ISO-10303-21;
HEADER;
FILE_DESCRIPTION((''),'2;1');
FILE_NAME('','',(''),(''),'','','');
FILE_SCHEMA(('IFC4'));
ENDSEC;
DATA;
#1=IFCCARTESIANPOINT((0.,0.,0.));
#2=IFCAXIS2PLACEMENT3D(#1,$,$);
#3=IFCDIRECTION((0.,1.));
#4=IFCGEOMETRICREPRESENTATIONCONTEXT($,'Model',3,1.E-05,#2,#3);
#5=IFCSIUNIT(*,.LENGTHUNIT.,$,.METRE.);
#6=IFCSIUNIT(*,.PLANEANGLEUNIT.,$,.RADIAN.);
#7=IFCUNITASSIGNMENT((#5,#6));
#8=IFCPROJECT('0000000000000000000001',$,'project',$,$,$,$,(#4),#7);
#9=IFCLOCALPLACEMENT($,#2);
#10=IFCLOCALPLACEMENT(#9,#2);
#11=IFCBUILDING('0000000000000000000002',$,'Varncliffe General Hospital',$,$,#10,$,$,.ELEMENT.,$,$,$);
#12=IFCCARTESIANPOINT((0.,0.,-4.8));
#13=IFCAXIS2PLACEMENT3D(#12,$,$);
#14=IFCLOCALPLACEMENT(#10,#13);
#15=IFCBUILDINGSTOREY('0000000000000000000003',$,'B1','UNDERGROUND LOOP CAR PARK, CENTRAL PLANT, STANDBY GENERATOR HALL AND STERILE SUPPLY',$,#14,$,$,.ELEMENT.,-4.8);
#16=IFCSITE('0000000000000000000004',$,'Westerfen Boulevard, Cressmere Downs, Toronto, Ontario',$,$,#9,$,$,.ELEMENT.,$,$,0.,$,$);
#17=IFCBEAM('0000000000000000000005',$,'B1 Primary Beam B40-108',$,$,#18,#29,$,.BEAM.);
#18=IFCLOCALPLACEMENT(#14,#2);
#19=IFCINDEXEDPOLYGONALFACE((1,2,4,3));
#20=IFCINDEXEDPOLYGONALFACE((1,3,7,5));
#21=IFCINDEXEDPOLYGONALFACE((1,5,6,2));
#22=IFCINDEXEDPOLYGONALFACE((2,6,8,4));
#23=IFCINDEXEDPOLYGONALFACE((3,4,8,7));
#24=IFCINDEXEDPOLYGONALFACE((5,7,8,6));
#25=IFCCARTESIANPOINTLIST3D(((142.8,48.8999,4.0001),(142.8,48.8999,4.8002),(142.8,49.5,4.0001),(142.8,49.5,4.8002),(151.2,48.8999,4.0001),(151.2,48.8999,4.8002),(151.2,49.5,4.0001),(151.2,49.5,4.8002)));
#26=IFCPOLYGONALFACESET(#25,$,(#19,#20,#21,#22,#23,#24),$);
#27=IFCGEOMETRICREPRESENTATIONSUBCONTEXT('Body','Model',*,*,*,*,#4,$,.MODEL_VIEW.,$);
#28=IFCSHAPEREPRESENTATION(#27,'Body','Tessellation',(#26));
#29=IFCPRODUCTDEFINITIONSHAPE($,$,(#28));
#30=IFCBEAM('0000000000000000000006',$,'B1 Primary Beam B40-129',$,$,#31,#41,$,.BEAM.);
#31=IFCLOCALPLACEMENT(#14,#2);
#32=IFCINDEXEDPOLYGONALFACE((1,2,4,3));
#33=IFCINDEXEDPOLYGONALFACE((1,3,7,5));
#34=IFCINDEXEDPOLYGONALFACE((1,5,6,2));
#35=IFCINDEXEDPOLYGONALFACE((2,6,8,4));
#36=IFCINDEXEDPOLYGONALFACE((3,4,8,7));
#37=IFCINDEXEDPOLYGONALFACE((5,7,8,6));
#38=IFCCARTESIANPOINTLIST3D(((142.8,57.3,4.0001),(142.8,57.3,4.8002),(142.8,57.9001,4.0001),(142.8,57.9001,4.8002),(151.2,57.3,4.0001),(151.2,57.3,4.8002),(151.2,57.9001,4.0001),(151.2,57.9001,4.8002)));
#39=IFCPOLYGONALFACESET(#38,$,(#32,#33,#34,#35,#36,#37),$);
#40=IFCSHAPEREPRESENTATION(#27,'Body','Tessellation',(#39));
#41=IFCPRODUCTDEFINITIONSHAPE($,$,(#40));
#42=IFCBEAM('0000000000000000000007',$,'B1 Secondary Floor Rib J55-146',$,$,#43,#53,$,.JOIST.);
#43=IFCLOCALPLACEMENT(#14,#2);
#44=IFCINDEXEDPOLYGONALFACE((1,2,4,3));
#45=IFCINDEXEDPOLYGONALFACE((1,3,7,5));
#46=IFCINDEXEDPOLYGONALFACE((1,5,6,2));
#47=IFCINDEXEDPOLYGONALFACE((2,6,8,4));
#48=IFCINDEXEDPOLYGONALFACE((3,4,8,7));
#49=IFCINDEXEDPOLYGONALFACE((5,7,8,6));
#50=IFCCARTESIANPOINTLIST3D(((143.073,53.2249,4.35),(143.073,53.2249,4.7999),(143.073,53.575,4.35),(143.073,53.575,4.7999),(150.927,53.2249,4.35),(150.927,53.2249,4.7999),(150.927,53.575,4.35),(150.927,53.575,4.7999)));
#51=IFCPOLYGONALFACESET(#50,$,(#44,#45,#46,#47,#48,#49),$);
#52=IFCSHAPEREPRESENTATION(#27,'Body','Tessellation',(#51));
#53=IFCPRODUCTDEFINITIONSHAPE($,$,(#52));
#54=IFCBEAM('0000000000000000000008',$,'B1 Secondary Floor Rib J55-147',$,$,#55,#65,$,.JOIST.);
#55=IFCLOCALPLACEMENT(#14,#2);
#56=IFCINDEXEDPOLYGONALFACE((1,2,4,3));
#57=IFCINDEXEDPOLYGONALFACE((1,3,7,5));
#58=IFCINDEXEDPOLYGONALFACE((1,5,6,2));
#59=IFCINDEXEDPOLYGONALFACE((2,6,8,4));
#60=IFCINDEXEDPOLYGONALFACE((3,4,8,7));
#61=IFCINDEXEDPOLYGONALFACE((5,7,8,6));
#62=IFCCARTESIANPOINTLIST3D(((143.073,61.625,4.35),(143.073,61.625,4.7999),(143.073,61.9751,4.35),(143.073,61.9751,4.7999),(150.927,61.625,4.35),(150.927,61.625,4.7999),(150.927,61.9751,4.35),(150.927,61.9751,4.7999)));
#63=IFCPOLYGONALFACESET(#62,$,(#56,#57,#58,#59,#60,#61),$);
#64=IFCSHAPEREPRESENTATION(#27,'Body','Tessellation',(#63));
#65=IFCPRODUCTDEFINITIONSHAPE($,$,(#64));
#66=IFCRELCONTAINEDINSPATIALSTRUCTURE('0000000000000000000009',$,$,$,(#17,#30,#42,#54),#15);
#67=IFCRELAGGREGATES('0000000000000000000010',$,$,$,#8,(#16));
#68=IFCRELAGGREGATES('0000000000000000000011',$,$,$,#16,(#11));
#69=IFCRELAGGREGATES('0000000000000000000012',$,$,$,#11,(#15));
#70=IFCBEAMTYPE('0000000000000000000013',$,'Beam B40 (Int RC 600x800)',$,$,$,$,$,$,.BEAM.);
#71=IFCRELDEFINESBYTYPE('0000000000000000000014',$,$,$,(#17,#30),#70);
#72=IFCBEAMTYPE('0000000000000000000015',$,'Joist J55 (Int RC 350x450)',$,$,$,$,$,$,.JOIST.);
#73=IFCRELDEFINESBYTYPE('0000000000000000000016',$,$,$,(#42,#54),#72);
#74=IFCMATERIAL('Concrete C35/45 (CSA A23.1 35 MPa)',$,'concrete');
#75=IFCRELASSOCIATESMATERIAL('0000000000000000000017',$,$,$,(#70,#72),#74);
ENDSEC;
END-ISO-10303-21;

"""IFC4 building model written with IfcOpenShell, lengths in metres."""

from ifc_helpers import new_model, si_unit, direction, frame, origin, origin_2d, place, context, subcontext, project, spatial, rectangle, extrude, material, material_profile, profile_set, type_object, element, save


model = new_model("IFC4")

# Units and contexts
model_context = context("Model", 3, precision=1e-05, world=origin(), true_north=direction((0.0, 1.0)))
body_context = subcontext(model_context, "Body", "Model", "MODEL_VIEW")
ifc_project = project(units=[si_unit("LENGTHUNIT", "METRE"), si_unit("PLANEANGLEUNIT", "RADIAN")], contexts=[model_context])

# Site, building, storey
site_placement = place(None, origin())
site = spatial("IfcSite", under=ifc_project, at=site_placement, Name="Westerfen Boulevard, Cressmere Downs, Toronto, Ontario", CompositionType="ELEMENT", RefElevation=0.0)
building_placement = place(site_placement, origin())
building = spatial("IfcBuilding", under=site, at=building_placement, Name="Varncliffe General Hospital", CompositionType="ELEMENT")
storey_placement = place(building_placement, frame((0.0, 0.0, -4.8)))
storey = spatial("IfcBuildingStorey", under=building, at=storey_placement, Name="B1", Description="UNDERGROUND LOOP CAR PARK, CENTRAL PLANT, STANDBY GENERATOR HALL AND STERILE SUPPLY", CompositionType="ELEMENT", Elevation=-4.8)

# Beams
ifc_material_1 = material(Name="Concrete C35/45 (CSA A23.1 35 MPa)", Category="concrete")
ifc_material_profile_1 = material_profile(ifc_material_1, rectangle(XDim=0.6001, YDim=0.8, at=origin_2d()), Name="RC 600x800")
ifc_profile_set_1 = profile_set([ifc_material_profile_1], Name="Concrete C35/45 (CSA A23.1 35 MPa)")
beam_type_1 = type_object("IfcBeamType", Name="Beam B40 (Int RC 600x800)", PredefinedType="BEAM", material=ifc_profile_set_1)
for number, where, z_axis, x_axis, name in (
    (1, (142.8, 49.2, 4.4001), (1.0, 0.0, 0.0), (0.0, 1.0, 0.0), "B1 Primary Beam B40-108"),
    (2, (142.8, 57.6001, 4.4001), (1.0, 0.0, 0.0), (0.0, 1.0, 0.0), "B1 Primary Beam B40-129"),
):
    element("IfcBeam", number, at=place(storey_placement, frame(where, z_axis=z_axis, x_axis=x_axis)), inside=storey, type_object=beam_type_1, Name=name, PredefinedType="BEAM", context=body_context, shape_type="SweptSolid", body=[
        extrude(rectangle(XDim=0.6001, YDim=0.8, at=origin_2d()), origin(), (0.0, 0.0, 1.0), 8.3999),
    ])
ifc_material_profile_2 = material_profile(ifc_material_1, rectangle(XDim=0.3501, YDim=0.45, at=origin_2d()), Name="RC 350x450")
ifc_profile_set_2 = profile_set([ifc_material_profile_2], Name="Concrete C35/45 (CSA A23.1 35 MPa)")
beam_type_2 = type_object("IfcBeamType", Name="Joist J55 (Int RC 350x450)", PredefinedType="JOIST", material=ifc_profile_set_2)
for number, where, z_axis, x_axis, name in (
    (3, (143.073, 53.3999, 4.575), (1.0, 0.0, 0.0), (0.0, 1.0, 0.0), "B1 Secondary Floor Rib J55-146"),
    (4, (143.073, 61.8, 4.575), (1.0, 0.0, 0.0), (0.0, 1.0, 0.0), "B1 Secondary Floor Rib J55-147"),
):
    element("IfcBeam", number, at=place(storey_placement, frame(where, z_axis=z_axis, x_axis=x_axis)), inside=storey, type_object=beam_type_2, Name=name, PredefinedType="JOIST", context=body_context, shape_type="SweptSolid", body=[
        extrude(rectangle(XDim=0.3501, YDim=0.45, at=origin_2d()), origin(), (0.0, 0.0, 1.0), 7.854),
    ])

save(model, "model.ifc")
